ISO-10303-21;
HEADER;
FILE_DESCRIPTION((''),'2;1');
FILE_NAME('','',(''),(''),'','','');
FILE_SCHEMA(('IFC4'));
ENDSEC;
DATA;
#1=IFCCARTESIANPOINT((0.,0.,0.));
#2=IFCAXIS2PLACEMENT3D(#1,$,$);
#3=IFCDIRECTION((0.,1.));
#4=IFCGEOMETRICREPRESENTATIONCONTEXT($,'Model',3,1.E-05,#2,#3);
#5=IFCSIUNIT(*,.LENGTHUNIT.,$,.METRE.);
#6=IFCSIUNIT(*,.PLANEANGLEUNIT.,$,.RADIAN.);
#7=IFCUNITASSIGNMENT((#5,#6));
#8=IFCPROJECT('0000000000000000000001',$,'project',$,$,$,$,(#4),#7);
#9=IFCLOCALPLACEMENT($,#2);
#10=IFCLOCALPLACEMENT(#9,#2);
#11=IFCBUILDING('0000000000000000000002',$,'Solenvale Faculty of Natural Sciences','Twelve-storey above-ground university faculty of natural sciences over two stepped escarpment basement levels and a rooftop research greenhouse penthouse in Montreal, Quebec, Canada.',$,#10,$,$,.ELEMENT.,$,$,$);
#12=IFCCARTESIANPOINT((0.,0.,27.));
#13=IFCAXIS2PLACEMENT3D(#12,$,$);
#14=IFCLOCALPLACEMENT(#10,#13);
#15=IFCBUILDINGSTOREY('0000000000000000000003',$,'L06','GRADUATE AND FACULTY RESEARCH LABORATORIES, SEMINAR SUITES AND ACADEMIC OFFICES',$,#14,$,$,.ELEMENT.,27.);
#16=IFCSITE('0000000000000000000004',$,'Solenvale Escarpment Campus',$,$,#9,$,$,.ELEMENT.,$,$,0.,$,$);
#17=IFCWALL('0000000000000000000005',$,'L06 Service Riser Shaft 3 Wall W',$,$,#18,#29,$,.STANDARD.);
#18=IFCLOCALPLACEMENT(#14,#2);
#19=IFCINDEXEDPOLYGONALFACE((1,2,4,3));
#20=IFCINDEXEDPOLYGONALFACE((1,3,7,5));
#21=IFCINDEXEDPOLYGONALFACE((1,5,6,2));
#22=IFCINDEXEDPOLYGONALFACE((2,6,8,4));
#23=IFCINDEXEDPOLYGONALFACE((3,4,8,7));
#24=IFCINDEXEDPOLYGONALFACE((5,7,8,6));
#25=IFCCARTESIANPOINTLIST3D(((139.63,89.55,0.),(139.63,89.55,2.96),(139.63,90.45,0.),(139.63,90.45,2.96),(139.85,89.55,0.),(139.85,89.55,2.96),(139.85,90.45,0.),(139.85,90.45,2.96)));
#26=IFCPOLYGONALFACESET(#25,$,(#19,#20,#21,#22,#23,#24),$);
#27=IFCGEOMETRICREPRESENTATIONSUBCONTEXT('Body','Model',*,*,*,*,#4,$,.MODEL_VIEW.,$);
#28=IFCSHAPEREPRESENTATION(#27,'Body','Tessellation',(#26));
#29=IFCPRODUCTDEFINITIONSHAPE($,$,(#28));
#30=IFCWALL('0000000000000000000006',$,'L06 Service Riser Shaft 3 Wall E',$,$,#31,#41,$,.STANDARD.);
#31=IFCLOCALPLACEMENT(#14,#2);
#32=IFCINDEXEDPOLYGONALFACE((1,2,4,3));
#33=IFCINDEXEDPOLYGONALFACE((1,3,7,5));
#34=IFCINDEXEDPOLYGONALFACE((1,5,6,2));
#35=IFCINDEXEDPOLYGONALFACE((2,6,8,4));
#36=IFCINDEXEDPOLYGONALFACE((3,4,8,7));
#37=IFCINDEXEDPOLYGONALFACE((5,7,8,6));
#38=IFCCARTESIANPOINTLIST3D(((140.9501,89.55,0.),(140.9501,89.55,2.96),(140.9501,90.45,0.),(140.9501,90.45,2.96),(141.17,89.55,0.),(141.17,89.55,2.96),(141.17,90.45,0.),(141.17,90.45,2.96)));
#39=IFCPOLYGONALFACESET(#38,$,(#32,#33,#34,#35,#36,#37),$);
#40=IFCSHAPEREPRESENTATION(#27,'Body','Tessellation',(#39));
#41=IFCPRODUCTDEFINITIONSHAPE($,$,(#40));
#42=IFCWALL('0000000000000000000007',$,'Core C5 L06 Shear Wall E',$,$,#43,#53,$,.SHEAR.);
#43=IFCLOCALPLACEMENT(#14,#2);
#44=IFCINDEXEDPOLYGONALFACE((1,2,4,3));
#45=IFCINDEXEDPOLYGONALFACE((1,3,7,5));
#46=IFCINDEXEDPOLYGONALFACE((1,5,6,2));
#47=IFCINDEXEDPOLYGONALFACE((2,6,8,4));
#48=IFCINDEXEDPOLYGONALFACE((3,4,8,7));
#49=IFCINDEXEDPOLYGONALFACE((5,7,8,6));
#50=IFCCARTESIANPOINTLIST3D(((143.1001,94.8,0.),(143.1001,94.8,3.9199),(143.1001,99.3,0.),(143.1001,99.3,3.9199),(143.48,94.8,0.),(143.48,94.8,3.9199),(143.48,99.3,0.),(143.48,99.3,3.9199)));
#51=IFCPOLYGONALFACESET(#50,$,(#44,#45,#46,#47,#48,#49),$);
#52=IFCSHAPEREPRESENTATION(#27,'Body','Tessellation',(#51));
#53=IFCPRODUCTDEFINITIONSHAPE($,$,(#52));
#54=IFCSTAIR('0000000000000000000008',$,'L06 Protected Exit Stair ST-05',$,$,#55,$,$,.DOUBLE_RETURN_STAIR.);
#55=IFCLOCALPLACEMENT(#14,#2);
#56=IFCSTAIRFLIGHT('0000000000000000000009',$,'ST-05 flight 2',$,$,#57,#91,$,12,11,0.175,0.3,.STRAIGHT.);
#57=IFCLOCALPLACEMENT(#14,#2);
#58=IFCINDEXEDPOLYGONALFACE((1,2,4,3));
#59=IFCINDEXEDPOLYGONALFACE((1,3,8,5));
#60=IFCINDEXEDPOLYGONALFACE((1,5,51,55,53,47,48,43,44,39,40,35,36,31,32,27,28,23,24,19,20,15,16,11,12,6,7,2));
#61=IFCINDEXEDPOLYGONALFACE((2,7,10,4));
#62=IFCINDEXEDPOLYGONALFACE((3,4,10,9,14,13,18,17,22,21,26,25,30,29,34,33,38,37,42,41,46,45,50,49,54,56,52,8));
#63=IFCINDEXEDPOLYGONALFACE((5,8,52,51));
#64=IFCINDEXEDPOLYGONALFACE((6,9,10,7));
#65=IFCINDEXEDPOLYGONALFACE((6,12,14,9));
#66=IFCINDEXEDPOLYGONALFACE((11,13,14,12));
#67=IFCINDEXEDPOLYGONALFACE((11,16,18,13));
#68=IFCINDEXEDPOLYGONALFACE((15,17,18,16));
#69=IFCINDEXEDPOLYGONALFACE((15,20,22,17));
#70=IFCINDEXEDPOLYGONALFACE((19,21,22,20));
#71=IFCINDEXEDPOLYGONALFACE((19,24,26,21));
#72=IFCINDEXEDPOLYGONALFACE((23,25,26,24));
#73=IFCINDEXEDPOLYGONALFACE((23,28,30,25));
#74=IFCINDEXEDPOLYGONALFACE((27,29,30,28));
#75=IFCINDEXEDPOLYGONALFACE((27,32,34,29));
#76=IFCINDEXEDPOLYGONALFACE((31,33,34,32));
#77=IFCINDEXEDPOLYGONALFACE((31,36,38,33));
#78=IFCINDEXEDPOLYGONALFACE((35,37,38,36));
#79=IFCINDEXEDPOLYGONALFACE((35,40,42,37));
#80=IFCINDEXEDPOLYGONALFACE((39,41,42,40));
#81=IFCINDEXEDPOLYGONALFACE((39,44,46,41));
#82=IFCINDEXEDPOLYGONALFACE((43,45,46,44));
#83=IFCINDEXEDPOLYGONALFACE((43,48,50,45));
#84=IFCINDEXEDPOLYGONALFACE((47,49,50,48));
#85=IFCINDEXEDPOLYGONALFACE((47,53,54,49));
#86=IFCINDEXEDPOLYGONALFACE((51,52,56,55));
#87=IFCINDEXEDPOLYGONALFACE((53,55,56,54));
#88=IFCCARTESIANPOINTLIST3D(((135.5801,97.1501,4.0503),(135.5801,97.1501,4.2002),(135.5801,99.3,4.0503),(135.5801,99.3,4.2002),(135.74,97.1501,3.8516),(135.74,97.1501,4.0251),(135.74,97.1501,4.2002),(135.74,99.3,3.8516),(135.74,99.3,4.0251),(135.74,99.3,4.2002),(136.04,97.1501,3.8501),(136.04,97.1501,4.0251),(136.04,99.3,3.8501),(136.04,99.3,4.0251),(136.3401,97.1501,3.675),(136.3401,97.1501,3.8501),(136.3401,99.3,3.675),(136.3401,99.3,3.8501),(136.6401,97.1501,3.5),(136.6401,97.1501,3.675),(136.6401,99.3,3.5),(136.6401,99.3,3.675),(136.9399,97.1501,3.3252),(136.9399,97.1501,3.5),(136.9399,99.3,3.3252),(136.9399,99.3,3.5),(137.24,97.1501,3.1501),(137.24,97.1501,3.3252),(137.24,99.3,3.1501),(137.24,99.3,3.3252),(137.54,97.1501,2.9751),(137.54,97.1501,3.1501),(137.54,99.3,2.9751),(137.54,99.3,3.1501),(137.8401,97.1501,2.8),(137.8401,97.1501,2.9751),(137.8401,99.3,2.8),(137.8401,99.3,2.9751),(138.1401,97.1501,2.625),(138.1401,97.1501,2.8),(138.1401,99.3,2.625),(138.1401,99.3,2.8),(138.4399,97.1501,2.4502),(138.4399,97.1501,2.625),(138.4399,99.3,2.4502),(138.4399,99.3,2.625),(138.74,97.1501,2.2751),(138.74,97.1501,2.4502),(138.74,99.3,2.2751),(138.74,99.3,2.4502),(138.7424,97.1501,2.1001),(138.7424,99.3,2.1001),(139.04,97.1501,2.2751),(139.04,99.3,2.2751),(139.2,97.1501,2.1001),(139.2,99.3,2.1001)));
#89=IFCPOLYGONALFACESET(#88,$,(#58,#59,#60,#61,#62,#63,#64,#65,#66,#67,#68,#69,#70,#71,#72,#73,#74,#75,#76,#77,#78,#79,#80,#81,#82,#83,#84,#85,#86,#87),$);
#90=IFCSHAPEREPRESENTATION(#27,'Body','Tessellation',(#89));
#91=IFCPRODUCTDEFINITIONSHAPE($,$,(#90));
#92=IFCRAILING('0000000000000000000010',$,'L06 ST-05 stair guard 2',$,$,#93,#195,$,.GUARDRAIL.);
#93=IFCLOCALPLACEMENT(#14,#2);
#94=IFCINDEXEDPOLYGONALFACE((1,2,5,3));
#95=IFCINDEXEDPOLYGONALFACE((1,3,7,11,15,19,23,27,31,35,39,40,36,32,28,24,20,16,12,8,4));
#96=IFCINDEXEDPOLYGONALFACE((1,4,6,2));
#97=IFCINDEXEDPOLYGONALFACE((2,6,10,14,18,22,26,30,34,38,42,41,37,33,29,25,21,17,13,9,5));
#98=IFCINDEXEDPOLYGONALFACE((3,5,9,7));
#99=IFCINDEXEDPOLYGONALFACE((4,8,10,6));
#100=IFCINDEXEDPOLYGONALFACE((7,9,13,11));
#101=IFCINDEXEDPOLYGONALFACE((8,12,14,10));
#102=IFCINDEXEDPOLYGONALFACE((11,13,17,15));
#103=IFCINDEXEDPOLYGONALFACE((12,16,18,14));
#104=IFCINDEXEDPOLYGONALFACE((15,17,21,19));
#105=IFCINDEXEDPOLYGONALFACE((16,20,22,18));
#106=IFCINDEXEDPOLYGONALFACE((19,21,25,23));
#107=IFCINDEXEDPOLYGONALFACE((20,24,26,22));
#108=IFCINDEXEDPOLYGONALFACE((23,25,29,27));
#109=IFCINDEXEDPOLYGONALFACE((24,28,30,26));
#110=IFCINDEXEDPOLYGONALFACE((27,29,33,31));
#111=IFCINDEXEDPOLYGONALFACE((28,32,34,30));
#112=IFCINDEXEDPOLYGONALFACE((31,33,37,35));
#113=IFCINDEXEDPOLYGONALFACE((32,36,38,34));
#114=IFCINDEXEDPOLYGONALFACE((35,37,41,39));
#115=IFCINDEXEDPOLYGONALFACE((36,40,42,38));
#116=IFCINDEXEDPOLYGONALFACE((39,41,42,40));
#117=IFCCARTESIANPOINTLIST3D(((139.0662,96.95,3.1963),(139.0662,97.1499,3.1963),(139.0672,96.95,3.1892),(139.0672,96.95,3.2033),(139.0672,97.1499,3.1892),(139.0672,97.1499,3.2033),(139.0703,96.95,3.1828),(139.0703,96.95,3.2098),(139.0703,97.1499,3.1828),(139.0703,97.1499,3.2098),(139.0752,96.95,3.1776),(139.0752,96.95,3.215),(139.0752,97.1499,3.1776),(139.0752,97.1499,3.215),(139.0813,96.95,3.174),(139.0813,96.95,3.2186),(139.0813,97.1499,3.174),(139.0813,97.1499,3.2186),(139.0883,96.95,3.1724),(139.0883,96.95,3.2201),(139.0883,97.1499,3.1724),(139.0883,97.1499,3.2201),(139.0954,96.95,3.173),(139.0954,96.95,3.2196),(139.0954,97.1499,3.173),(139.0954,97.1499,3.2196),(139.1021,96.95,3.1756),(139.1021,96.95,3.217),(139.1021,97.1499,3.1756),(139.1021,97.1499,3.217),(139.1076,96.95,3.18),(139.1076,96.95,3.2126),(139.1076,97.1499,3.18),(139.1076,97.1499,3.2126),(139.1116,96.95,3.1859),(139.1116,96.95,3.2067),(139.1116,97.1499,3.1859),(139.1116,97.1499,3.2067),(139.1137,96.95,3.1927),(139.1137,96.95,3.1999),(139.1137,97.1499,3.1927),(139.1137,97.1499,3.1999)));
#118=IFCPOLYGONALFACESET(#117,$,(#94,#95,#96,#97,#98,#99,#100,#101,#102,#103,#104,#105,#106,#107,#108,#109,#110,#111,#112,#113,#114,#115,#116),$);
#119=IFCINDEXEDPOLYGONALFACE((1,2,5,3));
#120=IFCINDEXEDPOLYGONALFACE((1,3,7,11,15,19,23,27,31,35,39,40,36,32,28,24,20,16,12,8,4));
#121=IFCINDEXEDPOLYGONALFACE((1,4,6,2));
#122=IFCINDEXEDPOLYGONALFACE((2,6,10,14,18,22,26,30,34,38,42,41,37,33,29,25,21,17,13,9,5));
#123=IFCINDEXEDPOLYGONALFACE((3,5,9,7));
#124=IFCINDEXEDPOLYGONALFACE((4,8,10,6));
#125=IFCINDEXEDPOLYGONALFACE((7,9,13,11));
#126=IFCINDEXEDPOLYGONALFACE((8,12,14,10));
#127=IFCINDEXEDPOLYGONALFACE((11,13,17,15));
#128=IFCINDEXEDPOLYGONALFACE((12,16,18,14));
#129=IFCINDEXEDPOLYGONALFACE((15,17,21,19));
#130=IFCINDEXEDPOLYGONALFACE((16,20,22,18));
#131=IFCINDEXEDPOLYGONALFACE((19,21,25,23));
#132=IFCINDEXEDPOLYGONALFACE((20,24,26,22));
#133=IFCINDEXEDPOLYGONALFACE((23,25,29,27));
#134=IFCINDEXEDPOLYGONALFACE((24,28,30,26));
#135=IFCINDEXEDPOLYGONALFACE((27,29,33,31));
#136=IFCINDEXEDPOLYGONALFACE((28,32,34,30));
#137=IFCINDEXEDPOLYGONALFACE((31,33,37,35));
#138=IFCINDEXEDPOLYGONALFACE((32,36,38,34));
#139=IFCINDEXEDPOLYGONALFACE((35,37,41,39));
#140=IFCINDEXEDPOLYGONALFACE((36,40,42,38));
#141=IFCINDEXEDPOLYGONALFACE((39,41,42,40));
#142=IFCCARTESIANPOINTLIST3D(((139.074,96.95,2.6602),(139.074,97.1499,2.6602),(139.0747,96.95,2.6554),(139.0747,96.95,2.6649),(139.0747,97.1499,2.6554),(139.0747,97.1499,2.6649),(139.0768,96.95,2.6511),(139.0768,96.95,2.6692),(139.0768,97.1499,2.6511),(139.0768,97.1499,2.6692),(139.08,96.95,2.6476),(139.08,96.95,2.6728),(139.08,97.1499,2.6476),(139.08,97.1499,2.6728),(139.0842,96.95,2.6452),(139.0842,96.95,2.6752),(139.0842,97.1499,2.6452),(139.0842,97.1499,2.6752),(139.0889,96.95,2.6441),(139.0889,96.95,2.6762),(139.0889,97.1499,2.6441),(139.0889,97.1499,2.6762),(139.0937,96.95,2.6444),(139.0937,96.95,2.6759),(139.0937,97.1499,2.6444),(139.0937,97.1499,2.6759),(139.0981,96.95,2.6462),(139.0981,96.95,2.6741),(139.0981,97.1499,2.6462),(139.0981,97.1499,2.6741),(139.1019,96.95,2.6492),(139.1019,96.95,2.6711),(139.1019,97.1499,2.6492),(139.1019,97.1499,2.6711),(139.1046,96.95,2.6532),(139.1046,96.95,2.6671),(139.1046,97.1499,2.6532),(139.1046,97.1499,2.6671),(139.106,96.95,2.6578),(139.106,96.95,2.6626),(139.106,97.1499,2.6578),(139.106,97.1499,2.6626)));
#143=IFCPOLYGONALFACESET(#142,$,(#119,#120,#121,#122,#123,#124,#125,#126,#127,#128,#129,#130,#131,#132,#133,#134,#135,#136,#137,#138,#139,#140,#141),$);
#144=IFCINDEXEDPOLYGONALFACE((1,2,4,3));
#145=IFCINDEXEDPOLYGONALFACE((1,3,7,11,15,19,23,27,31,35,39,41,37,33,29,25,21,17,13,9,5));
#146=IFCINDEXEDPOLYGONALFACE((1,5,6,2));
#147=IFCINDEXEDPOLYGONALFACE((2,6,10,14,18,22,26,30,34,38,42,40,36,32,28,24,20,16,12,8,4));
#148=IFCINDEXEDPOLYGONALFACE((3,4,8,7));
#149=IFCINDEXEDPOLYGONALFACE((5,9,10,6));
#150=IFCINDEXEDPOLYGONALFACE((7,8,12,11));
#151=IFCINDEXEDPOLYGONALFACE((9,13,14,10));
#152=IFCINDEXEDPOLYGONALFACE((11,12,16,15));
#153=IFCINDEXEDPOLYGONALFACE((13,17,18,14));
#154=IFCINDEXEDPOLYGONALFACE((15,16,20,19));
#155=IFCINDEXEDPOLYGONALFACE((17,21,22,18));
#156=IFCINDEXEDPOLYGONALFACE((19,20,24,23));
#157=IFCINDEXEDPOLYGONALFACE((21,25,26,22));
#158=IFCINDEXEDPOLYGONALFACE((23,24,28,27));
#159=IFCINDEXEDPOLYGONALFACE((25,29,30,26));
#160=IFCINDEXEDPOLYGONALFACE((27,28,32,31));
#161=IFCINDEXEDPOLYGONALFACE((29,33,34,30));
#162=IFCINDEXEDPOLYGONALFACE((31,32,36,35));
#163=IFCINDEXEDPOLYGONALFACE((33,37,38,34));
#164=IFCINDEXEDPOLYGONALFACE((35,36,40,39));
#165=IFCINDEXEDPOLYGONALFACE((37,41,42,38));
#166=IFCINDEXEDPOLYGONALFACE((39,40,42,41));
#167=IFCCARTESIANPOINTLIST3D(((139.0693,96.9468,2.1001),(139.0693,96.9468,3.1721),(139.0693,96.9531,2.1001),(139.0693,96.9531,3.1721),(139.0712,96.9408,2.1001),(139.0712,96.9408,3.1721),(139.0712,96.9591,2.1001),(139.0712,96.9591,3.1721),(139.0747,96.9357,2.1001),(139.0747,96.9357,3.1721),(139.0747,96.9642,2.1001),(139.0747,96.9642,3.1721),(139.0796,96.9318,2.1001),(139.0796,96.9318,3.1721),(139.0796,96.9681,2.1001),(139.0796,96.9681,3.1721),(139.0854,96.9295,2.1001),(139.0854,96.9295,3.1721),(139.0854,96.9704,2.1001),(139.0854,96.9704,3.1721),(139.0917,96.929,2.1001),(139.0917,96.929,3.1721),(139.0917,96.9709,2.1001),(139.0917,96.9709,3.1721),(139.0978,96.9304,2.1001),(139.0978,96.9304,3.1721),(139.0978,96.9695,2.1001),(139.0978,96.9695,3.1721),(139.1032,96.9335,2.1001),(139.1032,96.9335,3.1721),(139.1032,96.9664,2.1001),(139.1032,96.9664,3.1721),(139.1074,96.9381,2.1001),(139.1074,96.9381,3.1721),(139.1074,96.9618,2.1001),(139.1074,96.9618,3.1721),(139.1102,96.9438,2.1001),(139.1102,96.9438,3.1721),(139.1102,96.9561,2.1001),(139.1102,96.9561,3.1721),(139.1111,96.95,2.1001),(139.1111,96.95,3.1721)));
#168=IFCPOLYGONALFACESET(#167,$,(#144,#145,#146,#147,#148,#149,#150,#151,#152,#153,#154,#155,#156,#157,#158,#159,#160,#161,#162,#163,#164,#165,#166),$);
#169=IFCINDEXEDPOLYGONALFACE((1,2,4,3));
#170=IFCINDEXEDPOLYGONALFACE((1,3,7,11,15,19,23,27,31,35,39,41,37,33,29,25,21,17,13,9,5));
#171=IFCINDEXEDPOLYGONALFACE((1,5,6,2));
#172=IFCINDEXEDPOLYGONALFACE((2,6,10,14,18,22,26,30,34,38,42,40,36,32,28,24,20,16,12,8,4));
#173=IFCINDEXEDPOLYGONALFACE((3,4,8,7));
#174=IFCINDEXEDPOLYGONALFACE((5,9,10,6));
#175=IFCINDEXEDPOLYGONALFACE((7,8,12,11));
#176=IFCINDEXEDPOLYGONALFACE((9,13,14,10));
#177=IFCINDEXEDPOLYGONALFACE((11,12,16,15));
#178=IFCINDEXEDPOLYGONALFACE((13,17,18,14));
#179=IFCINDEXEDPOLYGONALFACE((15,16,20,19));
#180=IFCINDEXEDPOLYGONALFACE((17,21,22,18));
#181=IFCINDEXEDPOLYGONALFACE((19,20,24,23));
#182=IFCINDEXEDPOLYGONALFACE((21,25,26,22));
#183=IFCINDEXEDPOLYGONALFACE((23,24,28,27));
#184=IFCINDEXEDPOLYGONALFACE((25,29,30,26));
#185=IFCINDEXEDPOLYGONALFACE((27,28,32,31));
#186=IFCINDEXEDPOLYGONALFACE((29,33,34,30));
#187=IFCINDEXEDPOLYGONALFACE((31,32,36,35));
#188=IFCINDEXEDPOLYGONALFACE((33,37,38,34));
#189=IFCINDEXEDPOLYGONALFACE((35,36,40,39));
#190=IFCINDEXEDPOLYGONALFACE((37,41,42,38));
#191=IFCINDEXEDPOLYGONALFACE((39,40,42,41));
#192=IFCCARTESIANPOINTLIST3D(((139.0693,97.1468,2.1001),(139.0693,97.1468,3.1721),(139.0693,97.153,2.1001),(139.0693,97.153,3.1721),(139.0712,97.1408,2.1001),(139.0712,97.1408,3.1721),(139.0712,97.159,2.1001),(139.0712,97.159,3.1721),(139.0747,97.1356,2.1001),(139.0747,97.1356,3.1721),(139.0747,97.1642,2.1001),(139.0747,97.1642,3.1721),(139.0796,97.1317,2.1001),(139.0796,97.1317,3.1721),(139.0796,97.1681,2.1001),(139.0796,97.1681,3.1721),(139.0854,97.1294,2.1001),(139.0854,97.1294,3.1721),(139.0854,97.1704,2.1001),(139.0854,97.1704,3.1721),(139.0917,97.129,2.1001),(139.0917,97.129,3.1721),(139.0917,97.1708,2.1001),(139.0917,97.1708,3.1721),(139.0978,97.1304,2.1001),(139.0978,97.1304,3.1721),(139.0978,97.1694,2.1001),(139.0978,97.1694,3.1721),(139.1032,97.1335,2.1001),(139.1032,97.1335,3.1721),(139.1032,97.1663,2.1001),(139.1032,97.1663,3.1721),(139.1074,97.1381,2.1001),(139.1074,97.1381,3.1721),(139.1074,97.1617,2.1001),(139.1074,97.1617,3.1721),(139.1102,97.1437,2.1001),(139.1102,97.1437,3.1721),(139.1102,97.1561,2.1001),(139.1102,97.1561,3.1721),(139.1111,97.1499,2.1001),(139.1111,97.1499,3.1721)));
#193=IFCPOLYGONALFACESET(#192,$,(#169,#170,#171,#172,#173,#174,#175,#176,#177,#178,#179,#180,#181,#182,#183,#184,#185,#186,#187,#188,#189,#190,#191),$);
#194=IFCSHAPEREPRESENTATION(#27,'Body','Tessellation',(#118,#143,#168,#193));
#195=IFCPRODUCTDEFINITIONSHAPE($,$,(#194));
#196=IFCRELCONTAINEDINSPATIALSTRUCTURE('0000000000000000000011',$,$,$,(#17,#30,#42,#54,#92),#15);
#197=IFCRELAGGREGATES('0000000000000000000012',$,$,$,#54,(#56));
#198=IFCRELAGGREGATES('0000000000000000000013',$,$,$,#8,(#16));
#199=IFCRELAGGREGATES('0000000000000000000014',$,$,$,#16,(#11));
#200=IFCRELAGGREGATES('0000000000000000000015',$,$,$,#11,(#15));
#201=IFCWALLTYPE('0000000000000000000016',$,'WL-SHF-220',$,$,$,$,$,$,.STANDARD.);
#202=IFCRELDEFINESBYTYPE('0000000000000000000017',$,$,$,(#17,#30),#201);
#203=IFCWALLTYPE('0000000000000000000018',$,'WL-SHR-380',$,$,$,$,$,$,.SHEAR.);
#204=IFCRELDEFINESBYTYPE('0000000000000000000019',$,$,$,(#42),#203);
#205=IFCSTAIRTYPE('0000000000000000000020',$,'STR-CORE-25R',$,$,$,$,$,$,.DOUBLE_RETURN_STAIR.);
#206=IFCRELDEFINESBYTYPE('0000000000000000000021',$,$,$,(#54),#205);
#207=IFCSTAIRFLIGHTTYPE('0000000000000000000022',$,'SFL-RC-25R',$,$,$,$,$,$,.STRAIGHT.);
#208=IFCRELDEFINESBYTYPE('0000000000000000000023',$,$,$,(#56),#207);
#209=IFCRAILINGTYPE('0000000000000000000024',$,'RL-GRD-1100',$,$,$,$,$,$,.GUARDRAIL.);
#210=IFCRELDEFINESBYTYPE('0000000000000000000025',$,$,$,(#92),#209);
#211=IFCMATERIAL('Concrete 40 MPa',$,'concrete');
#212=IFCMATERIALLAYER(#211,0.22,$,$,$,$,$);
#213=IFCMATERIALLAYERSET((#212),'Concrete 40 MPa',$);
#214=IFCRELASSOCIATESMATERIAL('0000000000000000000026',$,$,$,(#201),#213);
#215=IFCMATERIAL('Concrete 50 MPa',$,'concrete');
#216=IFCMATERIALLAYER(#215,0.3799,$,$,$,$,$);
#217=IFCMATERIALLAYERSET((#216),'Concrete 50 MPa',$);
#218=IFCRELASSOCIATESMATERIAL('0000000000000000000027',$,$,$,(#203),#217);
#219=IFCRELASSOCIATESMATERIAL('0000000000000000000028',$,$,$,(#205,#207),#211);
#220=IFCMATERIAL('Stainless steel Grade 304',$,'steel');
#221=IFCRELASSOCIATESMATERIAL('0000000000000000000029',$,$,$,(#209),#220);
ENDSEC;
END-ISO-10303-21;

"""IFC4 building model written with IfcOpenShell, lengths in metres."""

from ifc_helpers import new_model, si_unit, direction, frame, frame_2d, origin, origin_2d, place, context, subcontext, project, spatial, polyline, rectangle, circle, outline, extrude, material, layer, layer_set, type_object, element, aggregate, save


model = new_model("IFC4")

# Units and contexts
model_context = context("Model", 3, precision=1e-05, world=origin(), true_north=direction((0.0, 1.0)))
body_context = subcontext(model_context, "Body", "Model", "MODEL_VIEW")
ifc_project = project(units=[si_unit("LENGTHUNIT", "METRE"), si_unit("PLANEANGLEUNIT", "RADIAN")], contexts=[model_context])

# Site, building, storey
site_placement = place(None, origin())
site = spatial("IfcSite", under=ifc_project, at=site_placement, Name="Solenvale Escarpment Campus", CompositionType="ELEMENT", RefElevation=0.0)
building_placement = place(site_placement, origin())
building = spatial("IfcBuilding", under=site, at=building_placement, Name="Solenvale Faculty of Natural Sciences", Description="Twelve-storey above-ground university faculty of natural sciences over two stepped escarpment basement levels and a rooftop research greenhouse penthouse in Montreal, Quebec, Canada.", CompositionType="ELEMENT")
storey_placement = place(building_placement, frame((0.0, 0.0, 27.0)))
storey = spatial("IfcBuildingStorey", under=building, at=storey_placement, Name="L06", Description="GRADUATE AND FACULTY RESEARCH LABORATORIES, SEMINAR SUITES AND ACADEMIC OFFICES", CompositionType="ELEMENT", Elevation=27.0)

# Shared definitions
ifc_material_1 = material(Name="Concrete 40 MPa", Category="concrete")

# Shared definitions
ifc_layer_1 = layer(ifc_material_1, 0.22)
ifc_layer_set_1 = layer_set([ifc_layer_1], Name="Concrete 40 MPa")
wall_type_1 = type_object("IfcWallType", Name="WL-SHF-220", PredefinedType="STANDARD", material=ifc_layer_set_1)

# Shared definitions
ifc_material_2 = material(Name="Stainless steel Grade 304", Category="steel")

# Walls
for number, where, z_axis, x_axis, name in (
    (1, (139.74, 89.55, 0.0), (0.0, 0.0, 1.0), (0.0, 1.0, 0.0), "L06 Service Riser Shaft 3 Wall W"),
    (2, (141.0601, 89.55, 0.0), (0.0, 0.0, 1.0), (0.0, 1.0, 0.0), "L06 Service Riser Shaft 3 Wall E"),
):
    element("IfcWall", number, at=place(storey_placement, frame(where, z_axis=z_axis, x_axis=x_axis)), inside=storey, type_object=wall_type_1, Name=name, PredefinedType="STANDARD", context=body_context, shape_type="SweptSolid", body=[
        extrude(rectangle(XDim=0.8999, YDim=0.22, at=frame_2d((0.45, 0.0))), origin(), (0.0, 0.0, 1.0), 2.96),
    ])
ifc_material_3 = material(Name="Concrete 50 MPa", Category="concrete")
ifc_layer_2 = layer(ifc_material_3, 0.3799)
ifc_layer_set_2 = layer_set([ifc_layer_2], Name="Concrete 50 MPa")
wall_type_2 = type_object("IfcWallType", Name="WL-SHR-380", PredefinedType="SHEAR", material=ifc_layer_set_2)
wall_1_placement = place(storey_placement, frame((143.29, 94.8, 0.0), z_axis=(0.0, 0.0, 1.0), x_axis=(0.0, 1.0, 0.0)))
element("IfcWall", 3, at=wall_1_placement, inside=storey, type_object=wall_type_2, Name="Core C5 L06 Shear Wall E", PredefinedType="SHEAR", context=body_context, shape_type="SweptSolid", body=[
    extrude(rectangle(XDim=4.5, YDim=0.3799, at=frame_2d((2.25, 0.0))), origin(), (0.0, 0.0, 1.0), 3.9199),
])

# Stair, stair flight
stair_type = type_object("IfcStairType", Name="STR-CORE-25R", PredefinedType="DOUBLE_RETURN_STAIR", material=ifc_material_1)
stair_placement = place(storey_placement, origin())
stair = element("IfcStair", 4, at=stair_placement, inside=storey, type_object=stair_type, Name="L06 Protected Exit Stair ST-05", PredefinedType="DOUBLE_RETURN_STAIR")
stair_flight_type = type_object("IfcStairFlightType", Name="SFL-RC-25R", PredefinedType="STRAIGHT", material=ifc_material_1)
stair_flight_placement = place(storey_placement, frame((139.04, 98.2251, 2.1001), z_axis=(0.0, 0.0, 1.0), x_axis=(-1.0, 0.0, 0.0)))
stair_flight = element("IfcStairFlight", 5, at=stair_flight_placement, type_object=stair_flight_type, Name="ST-05 flight 2", NumberOfRisers=12, NumberOfTreads=11, PredefinedType="STRAIGHT", RiserHeight=0.175, TreadLength=0.3, context=body_context, shape_type="SweptSolid", body=[
    extrude(outline(polyline([(-0.1599, 0.0), (0.0, 0.175), (0.3, 0.175), (0.3, 0.3501), (0.6001, 0.3501), (0.6001, 0.5249), (0.8999, 0.5249), (0.8999, 0.7), (1.2, 0.7), (1.2, 0.875), (1.5, 0.875), (1.5, 1.05), (1.8, 1.05), (1.8, 1.2251), (2.1001, 1.2251), (2.1001, 1.3999), (2.3999, 1.3999), (2.3999, 1.575), (2.7, 1.575), (2.7, 1.75), (3.0, 1.75), (3.0, 1.925), (3.3, 1.925), (3.3, 2.1001), (3.46, 2.1001), (3.46, 1.9502), (3.3, 1.7515), (0.2976, 0.0), (-0.1599, 0.0)])), frame((0.0, 1.075, 0.0), z_axis=(0.0, -1.0, 0.0), x_axis=(1.0, 0.0, 0.0)), (0.0, 0.0, 1.0), 2.1499),
])
aggregate(stair, [stair_flight])

# Railing
railing_type = type_object("IfcRailingType", Name="RL-GRD-1100", PredefinedType="GUARDRAIL", material=ifc_material_2)
railing_1_placement = place(storey_placement, frame((139.0901, 96.95, 2.1001)))
element("IfcRailing", 6, at=railing_1_placement, inside=storey, type_object=railing_type, Name="L06 ST-05 stair guard 2", PredefinedType="GUARDRAIL", context=body_context, shape_type="SweptSolid", body=[
    extrude(circle(Radius=0.0239, at=origin_2d()), frame((0.0, 0.0, 1.0962), z_axis=(0.0, 1.0, 0.0), x_axis=(-1.0, 0.0, 0.0)), (0.0, 0.0, 1.0), 0.2),
    extrude(circle(Radius=0.0161, at=origin_2d()), frame((0.0, 0.0, 0.5601), z_axis=(0.0, 1.0, 0.0), x_axis=(-1.0, 0.0, 0.0)), (0.0, 0.0, 1.0), 0.2),
    extrude(circle(Radius=0.021, at=origin_2d()), origin(), (0.0, 0.0, 1.0), 1.072),
    extrude(circle(Radius=0.021, at=origin_2d()), frame((0.0, 0.2, 0.0)), (0.0, 0.0, 1.0), 1.072),
])

save(model, "model.ifc")
